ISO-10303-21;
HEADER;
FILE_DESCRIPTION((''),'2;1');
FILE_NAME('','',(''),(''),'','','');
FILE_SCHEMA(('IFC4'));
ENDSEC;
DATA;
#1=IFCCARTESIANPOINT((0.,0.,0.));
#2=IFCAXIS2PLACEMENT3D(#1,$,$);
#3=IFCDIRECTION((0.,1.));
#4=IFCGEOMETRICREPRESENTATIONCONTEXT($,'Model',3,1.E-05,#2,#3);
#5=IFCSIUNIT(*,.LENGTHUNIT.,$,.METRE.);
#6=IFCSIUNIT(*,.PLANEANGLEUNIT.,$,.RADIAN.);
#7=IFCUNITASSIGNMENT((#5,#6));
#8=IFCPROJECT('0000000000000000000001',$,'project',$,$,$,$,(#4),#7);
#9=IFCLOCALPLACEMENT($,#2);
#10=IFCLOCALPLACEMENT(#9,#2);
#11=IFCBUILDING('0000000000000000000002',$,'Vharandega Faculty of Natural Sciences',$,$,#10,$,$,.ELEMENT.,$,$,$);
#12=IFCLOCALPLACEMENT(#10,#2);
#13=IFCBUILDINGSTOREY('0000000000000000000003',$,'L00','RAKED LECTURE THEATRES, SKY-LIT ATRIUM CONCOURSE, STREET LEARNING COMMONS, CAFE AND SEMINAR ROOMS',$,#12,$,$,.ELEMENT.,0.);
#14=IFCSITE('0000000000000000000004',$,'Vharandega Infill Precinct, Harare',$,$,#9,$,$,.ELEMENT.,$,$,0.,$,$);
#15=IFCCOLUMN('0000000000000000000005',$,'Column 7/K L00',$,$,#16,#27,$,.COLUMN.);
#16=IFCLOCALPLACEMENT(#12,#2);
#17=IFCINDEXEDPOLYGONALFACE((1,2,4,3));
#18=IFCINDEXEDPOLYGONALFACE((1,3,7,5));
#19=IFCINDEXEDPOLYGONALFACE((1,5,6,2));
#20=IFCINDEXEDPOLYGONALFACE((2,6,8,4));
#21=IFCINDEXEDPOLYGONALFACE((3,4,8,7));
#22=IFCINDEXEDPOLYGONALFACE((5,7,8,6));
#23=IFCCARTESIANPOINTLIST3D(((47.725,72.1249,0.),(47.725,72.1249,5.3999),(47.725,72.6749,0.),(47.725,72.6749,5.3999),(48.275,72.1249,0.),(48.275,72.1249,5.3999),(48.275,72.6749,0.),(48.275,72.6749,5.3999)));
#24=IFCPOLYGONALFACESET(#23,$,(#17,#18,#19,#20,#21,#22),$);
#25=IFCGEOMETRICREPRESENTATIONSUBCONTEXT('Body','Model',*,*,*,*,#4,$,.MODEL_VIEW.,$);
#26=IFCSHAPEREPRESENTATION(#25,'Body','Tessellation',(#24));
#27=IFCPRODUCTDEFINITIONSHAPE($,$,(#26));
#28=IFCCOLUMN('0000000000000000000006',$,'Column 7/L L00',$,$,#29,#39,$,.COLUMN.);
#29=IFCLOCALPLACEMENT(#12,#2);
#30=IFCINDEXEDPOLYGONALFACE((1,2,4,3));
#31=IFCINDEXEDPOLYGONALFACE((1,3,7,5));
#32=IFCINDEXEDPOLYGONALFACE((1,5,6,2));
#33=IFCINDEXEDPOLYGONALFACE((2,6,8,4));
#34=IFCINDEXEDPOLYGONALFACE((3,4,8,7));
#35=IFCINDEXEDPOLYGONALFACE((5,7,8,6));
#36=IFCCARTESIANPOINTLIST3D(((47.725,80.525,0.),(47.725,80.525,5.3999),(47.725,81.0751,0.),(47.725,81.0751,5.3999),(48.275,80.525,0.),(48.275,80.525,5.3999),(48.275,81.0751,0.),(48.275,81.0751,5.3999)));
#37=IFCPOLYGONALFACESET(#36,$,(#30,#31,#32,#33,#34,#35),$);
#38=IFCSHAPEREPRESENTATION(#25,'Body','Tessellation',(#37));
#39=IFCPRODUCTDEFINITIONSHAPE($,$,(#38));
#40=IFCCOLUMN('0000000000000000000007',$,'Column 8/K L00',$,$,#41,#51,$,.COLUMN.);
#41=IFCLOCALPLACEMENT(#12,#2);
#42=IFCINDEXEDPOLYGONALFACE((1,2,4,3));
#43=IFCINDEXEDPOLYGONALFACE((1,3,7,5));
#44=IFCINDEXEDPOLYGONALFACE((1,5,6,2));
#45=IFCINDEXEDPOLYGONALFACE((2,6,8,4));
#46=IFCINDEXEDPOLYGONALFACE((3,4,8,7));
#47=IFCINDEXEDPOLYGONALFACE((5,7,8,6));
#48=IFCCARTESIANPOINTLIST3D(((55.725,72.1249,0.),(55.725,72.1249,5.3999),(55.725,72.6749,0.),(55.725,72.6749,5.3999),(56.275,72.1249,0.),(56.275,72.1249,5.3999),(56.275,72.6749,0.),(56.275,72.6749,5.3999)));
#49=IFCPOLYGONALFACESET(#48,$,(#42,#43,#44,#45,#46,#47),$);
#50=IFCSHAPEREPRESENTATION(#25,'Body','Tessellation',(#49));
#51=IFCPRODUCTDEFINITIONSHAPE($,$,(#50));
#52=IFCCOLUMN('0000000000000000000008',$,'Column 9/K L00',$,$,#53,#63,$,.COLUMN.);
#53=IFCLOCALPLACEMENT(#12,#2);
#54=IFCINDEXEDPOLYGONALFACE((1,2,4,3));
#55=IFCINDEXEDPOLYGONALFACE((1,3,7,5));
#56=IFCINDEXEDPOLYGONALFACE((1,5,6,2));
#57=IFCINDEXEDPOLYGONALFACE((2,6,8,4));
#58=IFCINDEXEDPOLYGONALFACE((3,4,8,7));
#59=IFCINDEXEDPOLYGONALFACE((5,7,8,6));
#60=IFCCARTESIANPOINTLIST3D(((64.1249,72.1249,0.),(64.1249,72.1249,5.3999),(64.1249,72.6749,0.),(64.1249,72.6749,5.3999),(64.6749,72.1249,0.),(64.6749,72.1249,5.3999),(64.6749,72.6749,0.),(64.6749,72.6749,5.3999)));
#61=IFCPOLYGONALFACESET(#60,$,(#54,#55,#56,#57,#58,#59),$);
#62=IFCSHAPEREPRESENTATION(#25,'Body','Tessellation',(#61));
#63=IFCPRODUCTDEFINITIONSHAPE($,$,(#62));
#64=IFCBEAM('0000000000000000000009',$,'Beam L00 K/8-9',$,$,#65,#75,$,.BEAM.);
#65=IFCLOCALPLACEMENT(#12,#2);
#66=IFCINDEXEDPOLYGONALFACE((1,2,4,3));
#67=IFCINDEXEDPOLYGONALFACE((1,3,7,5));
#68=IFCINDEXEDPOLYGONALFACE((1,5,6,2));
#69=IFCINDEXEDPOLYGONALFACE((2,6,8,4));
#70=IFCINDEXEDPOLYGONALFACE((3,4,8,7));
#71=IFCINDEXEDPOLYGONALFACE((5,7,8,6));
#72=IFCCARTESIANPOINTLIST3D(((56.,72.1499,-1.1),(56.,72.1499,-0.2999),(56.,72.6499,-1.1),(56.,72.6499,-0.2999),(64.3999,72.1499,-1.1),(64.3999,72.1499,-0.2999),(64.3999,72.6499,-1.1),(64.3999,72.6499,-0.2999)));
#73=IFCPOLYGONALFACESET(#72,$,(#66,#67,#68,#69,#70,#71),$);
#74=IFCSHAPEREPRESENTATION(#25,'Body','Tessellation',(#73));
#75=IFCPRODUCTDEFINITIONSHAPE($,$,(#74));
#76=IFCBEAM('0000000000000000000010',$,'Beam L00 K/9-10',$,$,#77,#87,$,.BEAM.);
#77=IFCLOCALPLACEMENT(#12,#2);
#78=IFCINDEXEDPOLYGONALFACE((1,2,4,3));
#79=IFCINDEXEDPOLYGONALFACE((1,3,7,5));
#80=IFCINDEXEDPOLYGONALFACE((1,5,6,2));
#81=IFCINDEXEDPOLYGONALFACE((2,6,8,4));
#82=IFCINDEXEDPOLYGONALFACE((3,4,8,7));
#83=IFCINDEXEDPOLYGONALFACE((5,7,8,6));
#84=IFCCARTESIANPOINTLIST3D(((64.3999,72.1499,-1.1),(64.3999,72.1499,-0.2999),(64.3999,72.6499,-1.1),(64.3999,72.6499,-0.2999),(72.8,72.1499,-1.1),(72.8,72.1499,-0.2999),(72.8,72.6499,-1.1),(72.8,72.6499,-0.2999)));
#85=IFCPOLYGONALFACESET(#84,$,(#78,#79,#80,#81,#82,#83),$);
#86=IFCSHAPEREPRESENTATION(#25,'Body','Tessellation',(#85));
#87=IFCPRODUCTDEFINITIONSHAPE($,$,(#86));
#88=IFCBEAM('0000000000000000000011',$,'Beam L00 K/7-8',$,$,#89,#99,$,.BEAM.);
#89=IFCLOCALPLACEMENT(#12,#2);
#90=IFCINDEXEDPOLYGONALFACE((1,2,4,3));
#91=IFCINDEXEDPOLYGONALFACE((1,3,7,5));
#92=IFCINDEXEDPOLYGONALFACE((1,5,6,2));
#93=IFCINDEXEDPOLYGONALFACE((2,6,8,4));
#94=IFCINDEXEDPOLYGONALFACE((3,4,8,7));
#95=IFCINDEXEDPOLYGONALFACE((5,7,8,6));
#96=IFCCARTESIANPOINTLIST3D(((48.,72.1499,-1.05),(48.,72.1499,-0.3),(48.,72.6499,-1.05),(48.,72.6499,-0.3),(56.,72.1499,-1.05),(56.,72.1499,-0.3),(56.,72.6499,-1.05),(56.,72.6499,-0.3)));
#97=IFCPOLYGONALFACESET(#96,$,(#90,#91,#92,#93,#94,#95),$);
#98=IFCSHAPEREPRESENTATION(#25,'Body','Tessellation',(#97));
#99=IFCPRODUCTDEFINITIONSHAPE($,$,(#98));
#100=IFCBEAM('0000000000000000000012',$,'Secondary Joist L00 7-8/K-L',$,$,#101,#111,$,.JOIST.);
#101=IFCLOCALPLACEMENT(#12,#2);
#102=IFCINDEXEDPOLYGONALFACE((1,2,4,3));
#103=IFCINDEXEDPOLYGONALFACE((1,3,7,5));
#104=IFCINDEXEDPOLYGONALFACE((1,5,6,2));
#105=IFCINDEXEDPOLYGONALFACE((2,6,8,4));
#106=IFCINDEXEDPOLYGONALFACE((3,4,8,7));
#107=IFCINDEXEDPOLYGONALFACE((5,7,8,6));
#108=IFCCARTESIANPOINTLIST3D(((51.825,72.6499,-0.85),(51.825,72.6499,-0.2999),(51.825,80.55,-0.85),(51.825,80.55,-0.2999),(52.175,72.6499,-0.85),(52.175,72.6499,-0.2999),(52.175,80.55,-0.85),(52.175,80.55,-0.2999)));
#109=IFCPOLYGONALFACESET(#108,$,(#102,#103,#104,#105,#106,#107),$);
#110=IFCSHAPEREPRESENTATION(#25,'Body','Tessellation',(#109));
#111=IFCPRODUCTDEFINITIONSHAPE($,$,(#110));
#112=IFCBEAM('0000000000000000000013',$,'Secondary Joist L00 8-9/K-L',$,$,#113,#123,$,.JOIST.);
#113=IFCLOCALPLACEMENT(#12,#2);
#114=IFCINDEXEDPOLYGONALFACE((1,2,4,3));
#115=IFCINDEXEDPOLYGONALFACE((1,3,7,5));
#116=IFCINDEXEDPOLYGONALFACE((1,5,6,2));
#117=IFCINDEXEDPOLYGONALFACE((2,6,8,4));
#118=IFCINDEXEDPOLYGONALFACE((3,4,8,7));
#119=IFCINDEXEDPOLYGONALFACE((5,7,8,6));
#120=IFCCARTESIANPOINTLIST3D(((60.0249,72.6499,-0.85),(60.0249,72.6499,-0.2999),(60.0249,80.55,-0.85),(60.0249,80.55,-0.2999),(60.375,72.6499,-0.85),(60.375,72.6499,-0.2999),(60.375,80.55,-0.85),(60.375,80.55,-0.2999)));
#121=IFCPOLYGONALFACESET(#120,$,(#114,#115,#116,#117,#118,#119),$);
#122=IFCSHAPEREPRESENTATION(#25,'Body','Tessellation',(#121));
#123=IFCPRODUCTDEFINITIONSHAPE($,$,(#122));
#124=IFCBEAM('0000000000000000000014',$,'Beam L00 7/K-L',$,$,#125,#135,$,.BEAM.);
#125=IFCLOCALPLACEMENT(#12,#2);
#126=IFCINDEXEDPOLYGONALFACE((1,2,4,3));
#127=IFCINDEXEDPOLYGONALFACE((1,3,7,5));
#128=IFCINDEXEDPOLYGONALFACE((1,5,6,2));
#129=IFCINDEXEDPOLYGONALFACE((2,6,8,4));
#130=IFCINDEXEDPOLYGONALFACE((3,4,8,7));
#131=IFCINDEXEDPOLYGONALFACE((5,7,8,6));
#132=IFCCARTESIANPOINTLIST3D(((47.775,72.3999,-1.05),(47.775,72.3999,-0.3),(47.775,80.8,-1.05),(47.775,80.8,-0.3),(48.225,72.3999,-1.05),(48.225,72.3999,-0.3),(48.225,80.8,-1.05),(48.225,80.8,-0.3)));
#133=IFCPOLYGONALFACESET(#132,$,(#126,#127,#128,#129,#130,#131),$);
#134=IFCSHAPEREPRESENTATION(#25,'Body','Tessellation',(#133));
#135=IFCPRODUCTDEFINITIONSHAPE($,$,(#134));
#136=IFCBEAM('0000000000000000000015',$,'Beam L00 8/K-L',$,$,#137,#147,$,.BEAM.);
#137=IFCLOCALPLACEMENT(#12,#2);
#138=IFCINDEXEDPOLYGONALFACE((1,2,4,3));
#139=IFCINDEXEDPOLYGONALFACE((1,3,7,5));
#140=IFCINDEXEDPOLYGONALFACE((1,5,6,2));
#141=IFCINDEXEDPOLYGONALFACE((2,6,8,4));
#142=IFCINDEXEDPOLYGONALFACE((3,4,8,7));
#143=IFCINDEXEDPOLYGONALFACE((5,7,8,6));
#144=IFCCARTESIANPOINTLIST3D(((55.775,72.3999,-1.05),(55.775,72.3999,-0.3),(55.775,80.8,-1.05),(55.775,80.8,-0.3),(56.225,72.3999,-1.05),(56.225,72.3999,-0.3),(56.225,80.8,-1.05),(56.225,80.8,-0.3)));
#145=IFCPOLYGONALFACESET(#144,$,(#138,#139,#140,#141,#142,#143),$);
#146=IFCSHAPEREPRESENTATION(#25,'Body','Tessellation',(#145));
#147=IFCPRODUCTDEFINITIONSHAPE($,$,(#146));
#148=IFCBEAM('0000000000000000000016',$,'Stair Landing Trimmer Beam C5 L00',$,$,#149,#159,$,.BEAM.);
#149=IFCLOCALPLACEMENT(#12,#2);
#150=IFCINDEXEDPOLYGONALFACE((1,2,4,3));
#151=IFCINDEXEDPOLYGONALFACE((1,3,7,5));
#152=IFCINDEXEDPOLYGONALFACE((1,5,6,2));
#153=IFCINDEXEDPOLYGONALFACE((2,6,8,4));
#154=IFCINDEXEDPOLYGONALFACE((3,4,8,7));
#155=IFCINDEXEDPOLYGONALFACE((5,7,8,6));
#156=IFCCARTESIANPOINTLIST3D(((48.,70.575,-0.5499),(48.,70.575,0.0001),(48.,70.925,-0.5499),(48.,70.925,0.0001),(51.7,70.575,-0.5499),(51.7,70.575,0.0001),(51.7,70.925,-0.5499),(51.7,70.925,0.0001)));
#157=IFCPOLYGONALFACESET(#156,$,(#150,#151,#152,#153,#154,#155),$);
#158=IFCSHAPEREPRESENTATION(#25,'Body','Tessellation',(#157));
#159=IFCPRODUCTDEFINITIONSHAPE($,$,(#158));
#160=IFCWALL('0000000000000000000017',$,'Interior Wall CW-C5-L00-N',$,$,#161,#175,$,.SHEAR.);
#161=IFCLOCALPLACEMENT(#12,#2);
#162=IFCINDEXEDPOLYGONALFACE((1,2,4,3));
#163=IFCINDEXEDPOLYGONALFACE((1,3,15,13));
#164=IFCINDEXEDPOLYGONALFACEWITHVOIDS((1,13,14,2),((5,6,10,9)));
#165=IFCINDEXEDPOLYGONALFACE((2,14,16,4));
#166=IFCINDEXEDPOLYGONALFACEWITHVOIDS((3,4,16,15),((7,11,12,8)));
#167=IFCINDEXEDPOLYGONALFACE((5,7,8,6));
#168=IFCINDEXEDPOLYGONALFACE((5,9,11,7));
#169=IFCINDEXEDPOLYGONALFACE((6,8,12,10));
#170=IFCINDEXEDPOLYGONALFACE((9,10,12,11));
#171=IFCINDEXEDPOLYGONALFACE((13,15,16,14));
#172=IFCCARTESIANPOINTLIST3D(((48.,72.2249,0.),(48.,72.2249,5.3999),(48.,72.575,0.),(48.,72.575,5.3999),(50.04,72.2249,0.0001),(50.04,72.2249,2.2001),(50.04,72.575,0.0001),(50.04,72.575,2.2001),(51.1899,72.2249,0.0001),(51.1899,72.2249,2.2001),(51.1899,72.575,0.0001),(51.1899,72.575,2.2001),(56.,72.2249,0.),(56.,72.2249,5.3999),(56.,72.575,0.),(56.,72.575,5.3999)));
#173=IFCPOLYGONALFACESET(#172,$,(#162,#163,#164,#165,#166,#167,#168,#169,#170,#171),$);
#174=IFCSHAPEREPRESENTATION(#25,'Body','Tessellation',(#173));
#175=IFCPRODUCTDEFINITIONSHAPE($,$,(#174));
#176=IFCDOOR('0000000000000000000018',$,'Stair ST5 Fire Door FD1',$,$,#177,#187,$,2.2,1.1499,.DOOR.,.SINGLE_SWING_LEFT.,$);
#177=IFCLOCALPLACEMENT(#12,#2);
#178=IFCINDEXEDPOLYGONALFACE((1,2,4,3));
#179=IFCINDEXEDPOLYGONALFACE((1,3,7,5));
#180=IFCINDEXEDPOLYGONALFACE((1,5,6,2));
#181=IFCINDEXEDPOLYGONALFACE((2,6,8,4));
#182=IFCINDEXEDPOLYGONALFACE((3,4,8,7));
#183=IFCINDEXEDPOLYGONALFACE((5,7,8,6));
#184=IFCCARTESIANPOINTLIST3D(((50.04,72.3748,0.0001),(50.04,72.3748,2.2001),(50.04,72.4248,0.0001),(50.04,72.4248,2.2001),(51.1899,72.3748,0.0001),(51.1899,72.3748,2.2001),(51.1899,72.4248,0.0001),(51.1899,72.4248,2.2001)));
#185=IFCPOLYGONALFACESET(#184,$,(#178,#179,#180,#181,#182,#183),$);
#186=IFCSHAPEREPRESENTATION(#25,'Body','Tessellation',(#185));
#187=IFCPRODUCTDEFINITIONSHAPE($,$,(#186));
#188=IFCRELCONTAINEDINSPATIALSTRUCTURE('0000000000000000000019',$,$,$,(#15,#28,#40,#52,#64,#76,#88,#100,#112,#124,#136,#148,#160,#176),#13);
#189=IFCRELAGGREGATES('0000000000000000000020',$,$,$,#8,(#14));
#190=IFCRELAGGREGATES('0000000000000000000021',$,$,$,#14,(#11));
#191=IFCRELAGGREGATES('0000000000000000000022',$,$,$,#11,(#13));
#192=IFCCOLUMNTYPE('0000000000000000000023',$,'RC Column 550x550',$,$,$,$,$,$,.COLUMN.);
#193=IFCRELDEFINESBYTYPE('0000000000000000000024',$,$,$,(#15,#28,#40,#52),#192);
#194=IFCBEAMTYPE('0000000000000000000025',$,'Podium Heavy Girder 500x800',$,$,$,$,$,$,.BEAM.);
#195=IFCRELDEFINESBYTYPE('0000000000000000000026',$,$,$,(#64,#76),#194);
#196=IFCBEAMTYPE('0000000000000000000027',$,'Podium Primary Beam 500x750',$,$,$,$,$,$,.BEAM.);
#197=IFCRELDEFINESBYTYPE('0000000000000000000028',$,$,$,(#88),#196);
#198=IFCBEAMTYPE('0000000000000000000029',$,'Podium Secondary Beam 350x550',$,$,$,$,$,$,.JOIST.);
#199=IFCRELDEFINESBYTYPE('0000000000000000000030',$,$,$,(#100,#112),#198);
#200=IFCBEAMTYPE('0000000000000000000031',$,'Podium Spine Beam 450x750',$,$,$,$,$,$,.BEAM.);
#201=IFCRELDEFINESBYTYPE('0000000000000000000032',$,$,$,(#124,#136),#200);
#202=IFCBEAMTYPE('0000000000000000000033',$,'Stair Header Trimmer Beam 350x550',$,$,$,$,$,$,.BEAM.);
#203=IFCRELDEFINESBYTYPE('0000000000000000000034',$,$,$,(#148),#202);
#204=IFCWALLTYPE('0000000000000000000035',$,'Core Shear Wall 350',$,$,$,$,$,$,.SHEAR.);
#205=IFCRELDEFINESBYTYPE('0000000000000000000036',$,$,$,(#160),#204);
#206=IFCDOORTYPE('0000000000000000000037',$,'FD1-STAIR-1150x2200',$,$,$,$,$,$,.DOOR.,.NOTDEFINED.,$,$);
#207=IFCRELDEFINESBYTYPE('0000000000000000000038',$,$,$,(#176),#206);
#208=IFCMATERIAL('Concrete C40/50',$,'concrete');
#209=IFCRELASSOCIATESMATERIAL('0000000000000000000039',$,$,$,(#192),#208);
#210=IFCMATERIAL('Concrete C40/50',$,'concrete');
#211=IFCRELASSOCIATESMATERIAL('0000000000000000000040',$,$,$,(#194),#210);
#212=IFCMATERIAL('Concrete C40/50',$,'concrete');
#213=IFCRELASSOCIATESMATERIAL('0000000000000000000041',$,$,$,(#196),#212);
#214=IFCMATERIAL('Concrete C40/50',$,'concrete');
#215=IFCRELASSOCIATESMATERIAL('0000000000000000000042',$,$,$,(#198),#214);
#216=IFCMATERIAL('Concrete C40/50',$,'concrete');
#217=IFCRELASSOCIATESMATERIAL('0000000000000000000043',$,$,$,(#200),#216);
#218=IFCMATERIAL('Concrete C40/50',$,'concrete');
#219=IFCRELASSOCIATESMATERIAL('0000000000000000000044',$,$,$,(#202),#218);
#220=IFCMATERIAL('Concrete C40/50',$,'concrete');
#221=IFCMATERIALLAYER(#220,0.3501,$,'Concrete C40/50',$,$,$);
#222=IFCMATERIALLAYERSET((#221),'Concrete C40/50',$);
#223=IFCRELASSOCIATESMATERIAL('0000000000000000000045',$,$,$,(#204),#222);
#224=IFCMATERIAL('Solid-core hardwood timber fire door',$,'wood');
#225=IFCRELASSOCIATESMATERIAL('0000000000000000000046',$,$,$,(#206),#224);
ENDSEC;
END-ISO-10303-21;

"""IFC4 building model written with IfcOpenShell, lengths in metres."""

from ifc_helpers import new_model, si_unit, direction, frame, frame_2d, origin, origin_2d, place, context, subcontext, project, spatial, rectangle, extrude, material, layer, layer_set, material_profile, profile_set, type_object, element, fill, save


model = new_model("IFC4")

# Units and contexts
model_context = context("Model", 3, precision=1e-05, world=origin(), true_north=direction((0.0, 1.0)))
body_context = subcontext(model_context, "Body", "Model", "MODEL_VIEW")
ifc_project = project(units=[si_unit("LENGTHUNIT", "METRE"), si_unit("PLANEANGLEUNIT", "RADIAN")], contexts=[model_context])

# Site, building, storey
site_placement = place(None, origin())
site = spatial("IfcSite", under=ifc_project, at=site_placement, Name="Vharandega Infill Precinct, Harare", CompositionType="ELEMENT", RefElevation=0.0)
building_placement = place(site_placement, origin())
building = spatial("IfcBuilding", under=site, at=building_placement, Name="Vharandega Faculty of Natural Sciences", CompositionType="ELEMENT")
storey_placement = place(building_placement, origin())
storey = spatial("IfcBuildingStorey", under=building, at=storey_placement, Name="L00", Description="RAKED LECTURE THEATRES, SKY-LIT ATRIUM CONCOURSE, STREET LEARNING COMMONS, CAFE AND SEMINAR ROOMS", CompositionType="ELEMENT", Elevation=0.0)

# Columns
ifc_material_1 = material(Name="Concrete C40/50", Category="concrete")
ifc_material_profile_1 = material_profile(ifc_material_1, rectangle(XDim=0.55, YDim=0.55, at=origin_2d()), Name="RC 550x550")
ifc_profile_set_1 = profile_set([ifc_material_profile_1], Name="Concrete C40/50")
column_type = type_object("IfcColumnType", Name="RC Column 550x550", PredefinedType="COLUMN", material=ifc_profile_set_1)
for number, where, z_axis, x_axis, name in (
    (1, (48.0, 72.3999, 0.0), (0.0, 0.0, 1.0), (1.0, 0.0, 0.0), "Column 7/K L00"),
    (2, (48.0, 80.8, 0.0), (0.0, 0.0, 1.0), (1.0, 0.0, 0.0), "Column 7/L L00"),
    (3, (56.0, 72.3999, 0.0), (0.0, 0.0, 1.0), (1.0, 0.0, 0.0), "Column 8/K L00"),
    (4, (64.3999, 72.3999, 0.0), (0.0, 0.0, 1.0), (1.0, 0.0, 0.0), "Column 9/K L00"),
):
    element("IfcColumn", number, at=place(storey_placement, frame(where, z_axis=z_axis, x_axis=x_axis)), inside=storey, type_object=column_type, Name=name, PredefinedType="COLUMN", context=body_context, shape_type="SweptSolid", body=[
        extrude(rectangle(XDim=0.55, YDim=0.55, at=origin_2d()), origin(), (0.0, 0.0, 1.0), 5.3999),
    ])

# Beams
ifc_material_2 = material(Name="Concrete C40/50", Category="concrete")
ifc_material_profile_2 = material_profile(ifc_material_2, rectangle(XDim=0.5, YDim=0.8, at=origin_2d()), Name="RC 500x800")
ifc_profile_set_2 = profile_set([ifc_material_profile_2], Name="Concrete C40/50")
beam_type_1 = type_object("IfcBeamType", Name="Podium Heavy Girder 500x800", PredefinedType="BEAM", material=ifc_profile_set_2)
beam_1_placement = place(storey_placement, frame((56.0, 72.3999, -0.7), z_axis=(1.0, 0.0, 0.0), x_axis=(0.0, 1.0, 0.0)))
element("IfcBeam", 5, at=beam_1_placement, inside=storey, type_object=beam_type_1, Name="Beam L00 K/8-9", PredefinedType="BEAM", context=body_context, shape_type="SweptSolid", body=[
    extrude(rectangle(XDim=0.5, YDim=0.8, at=origin_2d()), origin(), (0.0, 0.0, 1.0), 8.3999),
])
beam_2_placement = place(storey_placement, frame((64.3999, 72.3999, -0.7), z_axis=(1.0, 0.0, 0.0), x_axis=(0.0, 1.0, 0.0)))
element("IfcBeam", 6, at=beam_2_placement, inside=storey, type_object=beam_type_1, Name="Beam L00 K/9-10", PredefinedType="BEAM", context=body_context, shape_type="SweptSolid", body=[
    extrude(rectangle(XDim=0.5, YDim=0.8, at=origin_2d()), origin(), (0.0, 0.0, 1.0), 8.4001),
])
ifc_material_3 = material(Name="Concrete C40/50", Category="concrete")
ifc_material_profile_3 = material_profile(ifc_material_3, rectangle(XDim=0.5, YDim=0.75, at=origin_2d()), Name="RC 500x750")
ifc_profile_set_3 = profile_set([ifc_material_profile_3], Name="Concrete C40/50")
beam_type_2 = type_object("IfcBeamType", Name="Podium Primary Beam 500x750", PredefinedType="BEAM", material=ifc_profile_set_3)
beam_3_placement = place(storey_placement, frame((48.0, 72.3999, -0.675), z_axis=(1.0, 0.0, 0.0), x_axis=(0.0, 1.0, 0.0)))
element("IfcBeam", 7, at=beam_3_placement, inside=storey, type_object=beam_type_2, Name="Beam L00 K/7-8", PredefinedType="BEAM", context=body_context, shape_type="SweptSolid", body=[
    extrude(rectangle(XDim=0.5, YDim=0.75, at=origin_2d()), origin(), (0.0, 0.0, 1.0), 8.0),
])
ifc_material_4 = material(Name="Concrete C40/50", Category="concrete")
ifc_material_profile_4 = material_profile(ifc_material_4, rectangle(XDim=0.3501, YDim=0.55, at=origin_2d()), Name="RC 350x550")
ifc_profile_set_4 = profile_set([ifc_material_profile_4], Name="Concrete C40/50")
beam_type_3 = type_object("IfcBeamType", Name="Podium Secondary Beam 350x550", PredefinedType="JOIST", material=ifc_profile_set_4)
for number, where, z_axis, x_axis, name in (
    (8, (52.0, 72.6499, -0.575), (0.0, 1.0, 0.0), (-1.0, 0.0, 0.0), "Secondary Joist L00 7-8/K-L"),
    (9, (60.2, 72.6499, -0.575), (0.0, 1.0, 0.0), (-1.0, 0.0, 0.0), "Secondary Joist L00 8-9/K-L"),
):
    element("IfcBeam", number, at=place(storey_placement, frame(where, z_axis=z_axis, x_axis=x_axis)), inside=storey, type_object=beam_type_3, Name=name, PredefinedType="JOIST", context=body_context, shape_type="SweptSolid", body=[
        extrude(rectangle(XDim=0.3501, YDim=0.55, at=origin_2d()), origin(), (0.0, 0.0, 1.0), 7.9001),
    ])
ifc_material_5 = material(Name="Concrete C40/50", Category="concrete")
ifc_material_profile_5 = material_profile(ifc_material_5, rectangle(XDim=0.45, YDim=0.75, at=origin_2d()), Name="RC 450x750")
ifc_profile_set_5 = profile_set([ifc_material_profile_5], Name="Concrete C40/50")
beam_type_4 = type_object("IfcBeamType", Name="Podium Spine Beam 450x750", PredefinedType="BEAM", material=ifc_profile_set_5)
for number, where, z_axis, x_axis, name in (
    (10, (48.0, 72.3999, -0.675), (0.0, 1.0, 0.0), (-1.0, 0.0, 0.0), "Beam L00 7/K-L"),
    (11, (56.0, 72.3999, -0.675), (0.0, 1.0, 0.0), (-1.0, 0.0, 0.0), "Beam L00 8/K-L"),
):
    element("IfcBeam", number, at=place(storey_placement, frame(where, z_axis=z_axis, x_axis=x_axis)), inside=storey, type_object=beam_type_4, Name=name, PredefinedType="BEAM", context=body_context, shape_type="SweptSolid", body=[
        extrude(rectangle(XDim=0.45, YDim=0.75, at=origin_2d()), origin(), (0.0, 0.0, 1.0), 8.4001),
    ])
ifc_material_6 = material(Name="Concrete C40/50", Category="concrete")
ifc_material_profile_6 = material_profile(ifc_material_6, rectangle(XDim=0.3501, YDim=0.55, at=origin_2d()), Name="RC 350x550")
ifc_profile_set_6 = profile_set([ifc_material_profile_6], Name="Concrete C40/50")
beam_type_5 = type_object("IfcBeamType", Name="Stair Header Trimmer Beam 350x550", PredefinedType="BEAM", material=ifc_profile_set_6)
beam_4_placement = place(storey_placement, frame((48.0, 70.75, -0.2749), z_axis=(1.0, 0.0, 0.0), x_axis=(0.0, 1.0, 0.0)))
element("IfcBeam", 12, at=beam_4_placement, inside=storey, type_object=beam_type_5, Name="Stair Landing Trimmer Beam C5 L00", PredefinedType="BEAM", context=body_context, shape_type="SweptSolid", body=[
    extrude(rectangle(XDim=0.3501, YDim=0.55, at=origin_2d()), origin(), (0.0, 0.0, 1.0), 3.7),
])

# Wall, opening, door
ifc_material_7 = material(Name="Concrete C40/50", Category="concrete")
ifc_layer_1 = layer(ifc_material_7, 0.3501, Name="Concrete C40/50")
ifc_layer_set_1 = layer_set([ifc_layer_1], Name="Concrete C40/50")
wall_type_1 = type_object("IfcWallType", Name="Core Shear Wall 350", PredefinedType="SHEAR", material=ifc_layer_set_1)
wall_1_placement = place(storey_placement, frame((48.0, 72.3999, 0.0), z_axis=(0.0, 0.0, 1.0), x_axis=(1.0, 0.0, 0.0)))
wall_1 = element("IfcWall", 13, at=wall_1_placement, inside=storey, type_object=wall_type_1, Name="Interior Wall CW-C5-L00-N", PredefinedType="SHEAR", context=body_context, shape_type="SweptSolid", body=[
    extrude(rectangle(XDim=8.0, YDim=0.3501, at=frame_2d((4.0, 0.0))), origin(), (0.0, 0.0, 1.0), 5.3999),
])
opening_1_placement = place(wall_1_placement, frame((2.04, 0.0, 0.0)))
opening_1 = element("IfcOpeningElement", 14, at=opening_1_placement, cuts=wall_1, PredefinedType="OPENING", context=body_context, shape_type="SweptSolid", body=[
    extrude(rectangle(XDim=1.1499, YDim=2.2, at=frame_2d((0.575, 1.1001))), frame((0.0, 0.1851, 0.0), z_axis=(0.0, -1.0, 0.0), x_axis=(1.0, 0.0, 0.0)), (0.0, 0.0, 1.0), 0.3701),
])
ifc_material_8 = material(Name="Solid-core hardwood timber fire door", Category="wood")
door_type_1 = type_object("IfcDoorType", Name="FD1-STAIR-1150x2200", OperationType="NOTDEFINED", PredefinedType="DOOR", material=ifc_material_8)
door_1_placement = place(opening_1_placement, origin())
door_1 = element("IfcDoor", 15, at=door_1_placement, inside=storey, type_object=door_type_1, Name="Stair ST5 Fire Door FD1", OperationType="SINGLE_SWING_LEFT", OverallHeight=2.2, OverallWidth=1.1499, PredefinedType="DOOR", context=body_context, shape_type="SweptSolid", body=[
    extrude(rectangle(XDim=1.1499, YDim=2.2, at=frame_2d((0.575, 1.1001))), frame((0.0, 0.0249, 0.0), z_axis=(0.0, -1.0, 0.0), x_axis=(1.0, 0.0, 0.0)), (0.0, 0.0, 1.0), 0.05),
])
fill(opening_1, door_1)

save(model, "model.ifc")
